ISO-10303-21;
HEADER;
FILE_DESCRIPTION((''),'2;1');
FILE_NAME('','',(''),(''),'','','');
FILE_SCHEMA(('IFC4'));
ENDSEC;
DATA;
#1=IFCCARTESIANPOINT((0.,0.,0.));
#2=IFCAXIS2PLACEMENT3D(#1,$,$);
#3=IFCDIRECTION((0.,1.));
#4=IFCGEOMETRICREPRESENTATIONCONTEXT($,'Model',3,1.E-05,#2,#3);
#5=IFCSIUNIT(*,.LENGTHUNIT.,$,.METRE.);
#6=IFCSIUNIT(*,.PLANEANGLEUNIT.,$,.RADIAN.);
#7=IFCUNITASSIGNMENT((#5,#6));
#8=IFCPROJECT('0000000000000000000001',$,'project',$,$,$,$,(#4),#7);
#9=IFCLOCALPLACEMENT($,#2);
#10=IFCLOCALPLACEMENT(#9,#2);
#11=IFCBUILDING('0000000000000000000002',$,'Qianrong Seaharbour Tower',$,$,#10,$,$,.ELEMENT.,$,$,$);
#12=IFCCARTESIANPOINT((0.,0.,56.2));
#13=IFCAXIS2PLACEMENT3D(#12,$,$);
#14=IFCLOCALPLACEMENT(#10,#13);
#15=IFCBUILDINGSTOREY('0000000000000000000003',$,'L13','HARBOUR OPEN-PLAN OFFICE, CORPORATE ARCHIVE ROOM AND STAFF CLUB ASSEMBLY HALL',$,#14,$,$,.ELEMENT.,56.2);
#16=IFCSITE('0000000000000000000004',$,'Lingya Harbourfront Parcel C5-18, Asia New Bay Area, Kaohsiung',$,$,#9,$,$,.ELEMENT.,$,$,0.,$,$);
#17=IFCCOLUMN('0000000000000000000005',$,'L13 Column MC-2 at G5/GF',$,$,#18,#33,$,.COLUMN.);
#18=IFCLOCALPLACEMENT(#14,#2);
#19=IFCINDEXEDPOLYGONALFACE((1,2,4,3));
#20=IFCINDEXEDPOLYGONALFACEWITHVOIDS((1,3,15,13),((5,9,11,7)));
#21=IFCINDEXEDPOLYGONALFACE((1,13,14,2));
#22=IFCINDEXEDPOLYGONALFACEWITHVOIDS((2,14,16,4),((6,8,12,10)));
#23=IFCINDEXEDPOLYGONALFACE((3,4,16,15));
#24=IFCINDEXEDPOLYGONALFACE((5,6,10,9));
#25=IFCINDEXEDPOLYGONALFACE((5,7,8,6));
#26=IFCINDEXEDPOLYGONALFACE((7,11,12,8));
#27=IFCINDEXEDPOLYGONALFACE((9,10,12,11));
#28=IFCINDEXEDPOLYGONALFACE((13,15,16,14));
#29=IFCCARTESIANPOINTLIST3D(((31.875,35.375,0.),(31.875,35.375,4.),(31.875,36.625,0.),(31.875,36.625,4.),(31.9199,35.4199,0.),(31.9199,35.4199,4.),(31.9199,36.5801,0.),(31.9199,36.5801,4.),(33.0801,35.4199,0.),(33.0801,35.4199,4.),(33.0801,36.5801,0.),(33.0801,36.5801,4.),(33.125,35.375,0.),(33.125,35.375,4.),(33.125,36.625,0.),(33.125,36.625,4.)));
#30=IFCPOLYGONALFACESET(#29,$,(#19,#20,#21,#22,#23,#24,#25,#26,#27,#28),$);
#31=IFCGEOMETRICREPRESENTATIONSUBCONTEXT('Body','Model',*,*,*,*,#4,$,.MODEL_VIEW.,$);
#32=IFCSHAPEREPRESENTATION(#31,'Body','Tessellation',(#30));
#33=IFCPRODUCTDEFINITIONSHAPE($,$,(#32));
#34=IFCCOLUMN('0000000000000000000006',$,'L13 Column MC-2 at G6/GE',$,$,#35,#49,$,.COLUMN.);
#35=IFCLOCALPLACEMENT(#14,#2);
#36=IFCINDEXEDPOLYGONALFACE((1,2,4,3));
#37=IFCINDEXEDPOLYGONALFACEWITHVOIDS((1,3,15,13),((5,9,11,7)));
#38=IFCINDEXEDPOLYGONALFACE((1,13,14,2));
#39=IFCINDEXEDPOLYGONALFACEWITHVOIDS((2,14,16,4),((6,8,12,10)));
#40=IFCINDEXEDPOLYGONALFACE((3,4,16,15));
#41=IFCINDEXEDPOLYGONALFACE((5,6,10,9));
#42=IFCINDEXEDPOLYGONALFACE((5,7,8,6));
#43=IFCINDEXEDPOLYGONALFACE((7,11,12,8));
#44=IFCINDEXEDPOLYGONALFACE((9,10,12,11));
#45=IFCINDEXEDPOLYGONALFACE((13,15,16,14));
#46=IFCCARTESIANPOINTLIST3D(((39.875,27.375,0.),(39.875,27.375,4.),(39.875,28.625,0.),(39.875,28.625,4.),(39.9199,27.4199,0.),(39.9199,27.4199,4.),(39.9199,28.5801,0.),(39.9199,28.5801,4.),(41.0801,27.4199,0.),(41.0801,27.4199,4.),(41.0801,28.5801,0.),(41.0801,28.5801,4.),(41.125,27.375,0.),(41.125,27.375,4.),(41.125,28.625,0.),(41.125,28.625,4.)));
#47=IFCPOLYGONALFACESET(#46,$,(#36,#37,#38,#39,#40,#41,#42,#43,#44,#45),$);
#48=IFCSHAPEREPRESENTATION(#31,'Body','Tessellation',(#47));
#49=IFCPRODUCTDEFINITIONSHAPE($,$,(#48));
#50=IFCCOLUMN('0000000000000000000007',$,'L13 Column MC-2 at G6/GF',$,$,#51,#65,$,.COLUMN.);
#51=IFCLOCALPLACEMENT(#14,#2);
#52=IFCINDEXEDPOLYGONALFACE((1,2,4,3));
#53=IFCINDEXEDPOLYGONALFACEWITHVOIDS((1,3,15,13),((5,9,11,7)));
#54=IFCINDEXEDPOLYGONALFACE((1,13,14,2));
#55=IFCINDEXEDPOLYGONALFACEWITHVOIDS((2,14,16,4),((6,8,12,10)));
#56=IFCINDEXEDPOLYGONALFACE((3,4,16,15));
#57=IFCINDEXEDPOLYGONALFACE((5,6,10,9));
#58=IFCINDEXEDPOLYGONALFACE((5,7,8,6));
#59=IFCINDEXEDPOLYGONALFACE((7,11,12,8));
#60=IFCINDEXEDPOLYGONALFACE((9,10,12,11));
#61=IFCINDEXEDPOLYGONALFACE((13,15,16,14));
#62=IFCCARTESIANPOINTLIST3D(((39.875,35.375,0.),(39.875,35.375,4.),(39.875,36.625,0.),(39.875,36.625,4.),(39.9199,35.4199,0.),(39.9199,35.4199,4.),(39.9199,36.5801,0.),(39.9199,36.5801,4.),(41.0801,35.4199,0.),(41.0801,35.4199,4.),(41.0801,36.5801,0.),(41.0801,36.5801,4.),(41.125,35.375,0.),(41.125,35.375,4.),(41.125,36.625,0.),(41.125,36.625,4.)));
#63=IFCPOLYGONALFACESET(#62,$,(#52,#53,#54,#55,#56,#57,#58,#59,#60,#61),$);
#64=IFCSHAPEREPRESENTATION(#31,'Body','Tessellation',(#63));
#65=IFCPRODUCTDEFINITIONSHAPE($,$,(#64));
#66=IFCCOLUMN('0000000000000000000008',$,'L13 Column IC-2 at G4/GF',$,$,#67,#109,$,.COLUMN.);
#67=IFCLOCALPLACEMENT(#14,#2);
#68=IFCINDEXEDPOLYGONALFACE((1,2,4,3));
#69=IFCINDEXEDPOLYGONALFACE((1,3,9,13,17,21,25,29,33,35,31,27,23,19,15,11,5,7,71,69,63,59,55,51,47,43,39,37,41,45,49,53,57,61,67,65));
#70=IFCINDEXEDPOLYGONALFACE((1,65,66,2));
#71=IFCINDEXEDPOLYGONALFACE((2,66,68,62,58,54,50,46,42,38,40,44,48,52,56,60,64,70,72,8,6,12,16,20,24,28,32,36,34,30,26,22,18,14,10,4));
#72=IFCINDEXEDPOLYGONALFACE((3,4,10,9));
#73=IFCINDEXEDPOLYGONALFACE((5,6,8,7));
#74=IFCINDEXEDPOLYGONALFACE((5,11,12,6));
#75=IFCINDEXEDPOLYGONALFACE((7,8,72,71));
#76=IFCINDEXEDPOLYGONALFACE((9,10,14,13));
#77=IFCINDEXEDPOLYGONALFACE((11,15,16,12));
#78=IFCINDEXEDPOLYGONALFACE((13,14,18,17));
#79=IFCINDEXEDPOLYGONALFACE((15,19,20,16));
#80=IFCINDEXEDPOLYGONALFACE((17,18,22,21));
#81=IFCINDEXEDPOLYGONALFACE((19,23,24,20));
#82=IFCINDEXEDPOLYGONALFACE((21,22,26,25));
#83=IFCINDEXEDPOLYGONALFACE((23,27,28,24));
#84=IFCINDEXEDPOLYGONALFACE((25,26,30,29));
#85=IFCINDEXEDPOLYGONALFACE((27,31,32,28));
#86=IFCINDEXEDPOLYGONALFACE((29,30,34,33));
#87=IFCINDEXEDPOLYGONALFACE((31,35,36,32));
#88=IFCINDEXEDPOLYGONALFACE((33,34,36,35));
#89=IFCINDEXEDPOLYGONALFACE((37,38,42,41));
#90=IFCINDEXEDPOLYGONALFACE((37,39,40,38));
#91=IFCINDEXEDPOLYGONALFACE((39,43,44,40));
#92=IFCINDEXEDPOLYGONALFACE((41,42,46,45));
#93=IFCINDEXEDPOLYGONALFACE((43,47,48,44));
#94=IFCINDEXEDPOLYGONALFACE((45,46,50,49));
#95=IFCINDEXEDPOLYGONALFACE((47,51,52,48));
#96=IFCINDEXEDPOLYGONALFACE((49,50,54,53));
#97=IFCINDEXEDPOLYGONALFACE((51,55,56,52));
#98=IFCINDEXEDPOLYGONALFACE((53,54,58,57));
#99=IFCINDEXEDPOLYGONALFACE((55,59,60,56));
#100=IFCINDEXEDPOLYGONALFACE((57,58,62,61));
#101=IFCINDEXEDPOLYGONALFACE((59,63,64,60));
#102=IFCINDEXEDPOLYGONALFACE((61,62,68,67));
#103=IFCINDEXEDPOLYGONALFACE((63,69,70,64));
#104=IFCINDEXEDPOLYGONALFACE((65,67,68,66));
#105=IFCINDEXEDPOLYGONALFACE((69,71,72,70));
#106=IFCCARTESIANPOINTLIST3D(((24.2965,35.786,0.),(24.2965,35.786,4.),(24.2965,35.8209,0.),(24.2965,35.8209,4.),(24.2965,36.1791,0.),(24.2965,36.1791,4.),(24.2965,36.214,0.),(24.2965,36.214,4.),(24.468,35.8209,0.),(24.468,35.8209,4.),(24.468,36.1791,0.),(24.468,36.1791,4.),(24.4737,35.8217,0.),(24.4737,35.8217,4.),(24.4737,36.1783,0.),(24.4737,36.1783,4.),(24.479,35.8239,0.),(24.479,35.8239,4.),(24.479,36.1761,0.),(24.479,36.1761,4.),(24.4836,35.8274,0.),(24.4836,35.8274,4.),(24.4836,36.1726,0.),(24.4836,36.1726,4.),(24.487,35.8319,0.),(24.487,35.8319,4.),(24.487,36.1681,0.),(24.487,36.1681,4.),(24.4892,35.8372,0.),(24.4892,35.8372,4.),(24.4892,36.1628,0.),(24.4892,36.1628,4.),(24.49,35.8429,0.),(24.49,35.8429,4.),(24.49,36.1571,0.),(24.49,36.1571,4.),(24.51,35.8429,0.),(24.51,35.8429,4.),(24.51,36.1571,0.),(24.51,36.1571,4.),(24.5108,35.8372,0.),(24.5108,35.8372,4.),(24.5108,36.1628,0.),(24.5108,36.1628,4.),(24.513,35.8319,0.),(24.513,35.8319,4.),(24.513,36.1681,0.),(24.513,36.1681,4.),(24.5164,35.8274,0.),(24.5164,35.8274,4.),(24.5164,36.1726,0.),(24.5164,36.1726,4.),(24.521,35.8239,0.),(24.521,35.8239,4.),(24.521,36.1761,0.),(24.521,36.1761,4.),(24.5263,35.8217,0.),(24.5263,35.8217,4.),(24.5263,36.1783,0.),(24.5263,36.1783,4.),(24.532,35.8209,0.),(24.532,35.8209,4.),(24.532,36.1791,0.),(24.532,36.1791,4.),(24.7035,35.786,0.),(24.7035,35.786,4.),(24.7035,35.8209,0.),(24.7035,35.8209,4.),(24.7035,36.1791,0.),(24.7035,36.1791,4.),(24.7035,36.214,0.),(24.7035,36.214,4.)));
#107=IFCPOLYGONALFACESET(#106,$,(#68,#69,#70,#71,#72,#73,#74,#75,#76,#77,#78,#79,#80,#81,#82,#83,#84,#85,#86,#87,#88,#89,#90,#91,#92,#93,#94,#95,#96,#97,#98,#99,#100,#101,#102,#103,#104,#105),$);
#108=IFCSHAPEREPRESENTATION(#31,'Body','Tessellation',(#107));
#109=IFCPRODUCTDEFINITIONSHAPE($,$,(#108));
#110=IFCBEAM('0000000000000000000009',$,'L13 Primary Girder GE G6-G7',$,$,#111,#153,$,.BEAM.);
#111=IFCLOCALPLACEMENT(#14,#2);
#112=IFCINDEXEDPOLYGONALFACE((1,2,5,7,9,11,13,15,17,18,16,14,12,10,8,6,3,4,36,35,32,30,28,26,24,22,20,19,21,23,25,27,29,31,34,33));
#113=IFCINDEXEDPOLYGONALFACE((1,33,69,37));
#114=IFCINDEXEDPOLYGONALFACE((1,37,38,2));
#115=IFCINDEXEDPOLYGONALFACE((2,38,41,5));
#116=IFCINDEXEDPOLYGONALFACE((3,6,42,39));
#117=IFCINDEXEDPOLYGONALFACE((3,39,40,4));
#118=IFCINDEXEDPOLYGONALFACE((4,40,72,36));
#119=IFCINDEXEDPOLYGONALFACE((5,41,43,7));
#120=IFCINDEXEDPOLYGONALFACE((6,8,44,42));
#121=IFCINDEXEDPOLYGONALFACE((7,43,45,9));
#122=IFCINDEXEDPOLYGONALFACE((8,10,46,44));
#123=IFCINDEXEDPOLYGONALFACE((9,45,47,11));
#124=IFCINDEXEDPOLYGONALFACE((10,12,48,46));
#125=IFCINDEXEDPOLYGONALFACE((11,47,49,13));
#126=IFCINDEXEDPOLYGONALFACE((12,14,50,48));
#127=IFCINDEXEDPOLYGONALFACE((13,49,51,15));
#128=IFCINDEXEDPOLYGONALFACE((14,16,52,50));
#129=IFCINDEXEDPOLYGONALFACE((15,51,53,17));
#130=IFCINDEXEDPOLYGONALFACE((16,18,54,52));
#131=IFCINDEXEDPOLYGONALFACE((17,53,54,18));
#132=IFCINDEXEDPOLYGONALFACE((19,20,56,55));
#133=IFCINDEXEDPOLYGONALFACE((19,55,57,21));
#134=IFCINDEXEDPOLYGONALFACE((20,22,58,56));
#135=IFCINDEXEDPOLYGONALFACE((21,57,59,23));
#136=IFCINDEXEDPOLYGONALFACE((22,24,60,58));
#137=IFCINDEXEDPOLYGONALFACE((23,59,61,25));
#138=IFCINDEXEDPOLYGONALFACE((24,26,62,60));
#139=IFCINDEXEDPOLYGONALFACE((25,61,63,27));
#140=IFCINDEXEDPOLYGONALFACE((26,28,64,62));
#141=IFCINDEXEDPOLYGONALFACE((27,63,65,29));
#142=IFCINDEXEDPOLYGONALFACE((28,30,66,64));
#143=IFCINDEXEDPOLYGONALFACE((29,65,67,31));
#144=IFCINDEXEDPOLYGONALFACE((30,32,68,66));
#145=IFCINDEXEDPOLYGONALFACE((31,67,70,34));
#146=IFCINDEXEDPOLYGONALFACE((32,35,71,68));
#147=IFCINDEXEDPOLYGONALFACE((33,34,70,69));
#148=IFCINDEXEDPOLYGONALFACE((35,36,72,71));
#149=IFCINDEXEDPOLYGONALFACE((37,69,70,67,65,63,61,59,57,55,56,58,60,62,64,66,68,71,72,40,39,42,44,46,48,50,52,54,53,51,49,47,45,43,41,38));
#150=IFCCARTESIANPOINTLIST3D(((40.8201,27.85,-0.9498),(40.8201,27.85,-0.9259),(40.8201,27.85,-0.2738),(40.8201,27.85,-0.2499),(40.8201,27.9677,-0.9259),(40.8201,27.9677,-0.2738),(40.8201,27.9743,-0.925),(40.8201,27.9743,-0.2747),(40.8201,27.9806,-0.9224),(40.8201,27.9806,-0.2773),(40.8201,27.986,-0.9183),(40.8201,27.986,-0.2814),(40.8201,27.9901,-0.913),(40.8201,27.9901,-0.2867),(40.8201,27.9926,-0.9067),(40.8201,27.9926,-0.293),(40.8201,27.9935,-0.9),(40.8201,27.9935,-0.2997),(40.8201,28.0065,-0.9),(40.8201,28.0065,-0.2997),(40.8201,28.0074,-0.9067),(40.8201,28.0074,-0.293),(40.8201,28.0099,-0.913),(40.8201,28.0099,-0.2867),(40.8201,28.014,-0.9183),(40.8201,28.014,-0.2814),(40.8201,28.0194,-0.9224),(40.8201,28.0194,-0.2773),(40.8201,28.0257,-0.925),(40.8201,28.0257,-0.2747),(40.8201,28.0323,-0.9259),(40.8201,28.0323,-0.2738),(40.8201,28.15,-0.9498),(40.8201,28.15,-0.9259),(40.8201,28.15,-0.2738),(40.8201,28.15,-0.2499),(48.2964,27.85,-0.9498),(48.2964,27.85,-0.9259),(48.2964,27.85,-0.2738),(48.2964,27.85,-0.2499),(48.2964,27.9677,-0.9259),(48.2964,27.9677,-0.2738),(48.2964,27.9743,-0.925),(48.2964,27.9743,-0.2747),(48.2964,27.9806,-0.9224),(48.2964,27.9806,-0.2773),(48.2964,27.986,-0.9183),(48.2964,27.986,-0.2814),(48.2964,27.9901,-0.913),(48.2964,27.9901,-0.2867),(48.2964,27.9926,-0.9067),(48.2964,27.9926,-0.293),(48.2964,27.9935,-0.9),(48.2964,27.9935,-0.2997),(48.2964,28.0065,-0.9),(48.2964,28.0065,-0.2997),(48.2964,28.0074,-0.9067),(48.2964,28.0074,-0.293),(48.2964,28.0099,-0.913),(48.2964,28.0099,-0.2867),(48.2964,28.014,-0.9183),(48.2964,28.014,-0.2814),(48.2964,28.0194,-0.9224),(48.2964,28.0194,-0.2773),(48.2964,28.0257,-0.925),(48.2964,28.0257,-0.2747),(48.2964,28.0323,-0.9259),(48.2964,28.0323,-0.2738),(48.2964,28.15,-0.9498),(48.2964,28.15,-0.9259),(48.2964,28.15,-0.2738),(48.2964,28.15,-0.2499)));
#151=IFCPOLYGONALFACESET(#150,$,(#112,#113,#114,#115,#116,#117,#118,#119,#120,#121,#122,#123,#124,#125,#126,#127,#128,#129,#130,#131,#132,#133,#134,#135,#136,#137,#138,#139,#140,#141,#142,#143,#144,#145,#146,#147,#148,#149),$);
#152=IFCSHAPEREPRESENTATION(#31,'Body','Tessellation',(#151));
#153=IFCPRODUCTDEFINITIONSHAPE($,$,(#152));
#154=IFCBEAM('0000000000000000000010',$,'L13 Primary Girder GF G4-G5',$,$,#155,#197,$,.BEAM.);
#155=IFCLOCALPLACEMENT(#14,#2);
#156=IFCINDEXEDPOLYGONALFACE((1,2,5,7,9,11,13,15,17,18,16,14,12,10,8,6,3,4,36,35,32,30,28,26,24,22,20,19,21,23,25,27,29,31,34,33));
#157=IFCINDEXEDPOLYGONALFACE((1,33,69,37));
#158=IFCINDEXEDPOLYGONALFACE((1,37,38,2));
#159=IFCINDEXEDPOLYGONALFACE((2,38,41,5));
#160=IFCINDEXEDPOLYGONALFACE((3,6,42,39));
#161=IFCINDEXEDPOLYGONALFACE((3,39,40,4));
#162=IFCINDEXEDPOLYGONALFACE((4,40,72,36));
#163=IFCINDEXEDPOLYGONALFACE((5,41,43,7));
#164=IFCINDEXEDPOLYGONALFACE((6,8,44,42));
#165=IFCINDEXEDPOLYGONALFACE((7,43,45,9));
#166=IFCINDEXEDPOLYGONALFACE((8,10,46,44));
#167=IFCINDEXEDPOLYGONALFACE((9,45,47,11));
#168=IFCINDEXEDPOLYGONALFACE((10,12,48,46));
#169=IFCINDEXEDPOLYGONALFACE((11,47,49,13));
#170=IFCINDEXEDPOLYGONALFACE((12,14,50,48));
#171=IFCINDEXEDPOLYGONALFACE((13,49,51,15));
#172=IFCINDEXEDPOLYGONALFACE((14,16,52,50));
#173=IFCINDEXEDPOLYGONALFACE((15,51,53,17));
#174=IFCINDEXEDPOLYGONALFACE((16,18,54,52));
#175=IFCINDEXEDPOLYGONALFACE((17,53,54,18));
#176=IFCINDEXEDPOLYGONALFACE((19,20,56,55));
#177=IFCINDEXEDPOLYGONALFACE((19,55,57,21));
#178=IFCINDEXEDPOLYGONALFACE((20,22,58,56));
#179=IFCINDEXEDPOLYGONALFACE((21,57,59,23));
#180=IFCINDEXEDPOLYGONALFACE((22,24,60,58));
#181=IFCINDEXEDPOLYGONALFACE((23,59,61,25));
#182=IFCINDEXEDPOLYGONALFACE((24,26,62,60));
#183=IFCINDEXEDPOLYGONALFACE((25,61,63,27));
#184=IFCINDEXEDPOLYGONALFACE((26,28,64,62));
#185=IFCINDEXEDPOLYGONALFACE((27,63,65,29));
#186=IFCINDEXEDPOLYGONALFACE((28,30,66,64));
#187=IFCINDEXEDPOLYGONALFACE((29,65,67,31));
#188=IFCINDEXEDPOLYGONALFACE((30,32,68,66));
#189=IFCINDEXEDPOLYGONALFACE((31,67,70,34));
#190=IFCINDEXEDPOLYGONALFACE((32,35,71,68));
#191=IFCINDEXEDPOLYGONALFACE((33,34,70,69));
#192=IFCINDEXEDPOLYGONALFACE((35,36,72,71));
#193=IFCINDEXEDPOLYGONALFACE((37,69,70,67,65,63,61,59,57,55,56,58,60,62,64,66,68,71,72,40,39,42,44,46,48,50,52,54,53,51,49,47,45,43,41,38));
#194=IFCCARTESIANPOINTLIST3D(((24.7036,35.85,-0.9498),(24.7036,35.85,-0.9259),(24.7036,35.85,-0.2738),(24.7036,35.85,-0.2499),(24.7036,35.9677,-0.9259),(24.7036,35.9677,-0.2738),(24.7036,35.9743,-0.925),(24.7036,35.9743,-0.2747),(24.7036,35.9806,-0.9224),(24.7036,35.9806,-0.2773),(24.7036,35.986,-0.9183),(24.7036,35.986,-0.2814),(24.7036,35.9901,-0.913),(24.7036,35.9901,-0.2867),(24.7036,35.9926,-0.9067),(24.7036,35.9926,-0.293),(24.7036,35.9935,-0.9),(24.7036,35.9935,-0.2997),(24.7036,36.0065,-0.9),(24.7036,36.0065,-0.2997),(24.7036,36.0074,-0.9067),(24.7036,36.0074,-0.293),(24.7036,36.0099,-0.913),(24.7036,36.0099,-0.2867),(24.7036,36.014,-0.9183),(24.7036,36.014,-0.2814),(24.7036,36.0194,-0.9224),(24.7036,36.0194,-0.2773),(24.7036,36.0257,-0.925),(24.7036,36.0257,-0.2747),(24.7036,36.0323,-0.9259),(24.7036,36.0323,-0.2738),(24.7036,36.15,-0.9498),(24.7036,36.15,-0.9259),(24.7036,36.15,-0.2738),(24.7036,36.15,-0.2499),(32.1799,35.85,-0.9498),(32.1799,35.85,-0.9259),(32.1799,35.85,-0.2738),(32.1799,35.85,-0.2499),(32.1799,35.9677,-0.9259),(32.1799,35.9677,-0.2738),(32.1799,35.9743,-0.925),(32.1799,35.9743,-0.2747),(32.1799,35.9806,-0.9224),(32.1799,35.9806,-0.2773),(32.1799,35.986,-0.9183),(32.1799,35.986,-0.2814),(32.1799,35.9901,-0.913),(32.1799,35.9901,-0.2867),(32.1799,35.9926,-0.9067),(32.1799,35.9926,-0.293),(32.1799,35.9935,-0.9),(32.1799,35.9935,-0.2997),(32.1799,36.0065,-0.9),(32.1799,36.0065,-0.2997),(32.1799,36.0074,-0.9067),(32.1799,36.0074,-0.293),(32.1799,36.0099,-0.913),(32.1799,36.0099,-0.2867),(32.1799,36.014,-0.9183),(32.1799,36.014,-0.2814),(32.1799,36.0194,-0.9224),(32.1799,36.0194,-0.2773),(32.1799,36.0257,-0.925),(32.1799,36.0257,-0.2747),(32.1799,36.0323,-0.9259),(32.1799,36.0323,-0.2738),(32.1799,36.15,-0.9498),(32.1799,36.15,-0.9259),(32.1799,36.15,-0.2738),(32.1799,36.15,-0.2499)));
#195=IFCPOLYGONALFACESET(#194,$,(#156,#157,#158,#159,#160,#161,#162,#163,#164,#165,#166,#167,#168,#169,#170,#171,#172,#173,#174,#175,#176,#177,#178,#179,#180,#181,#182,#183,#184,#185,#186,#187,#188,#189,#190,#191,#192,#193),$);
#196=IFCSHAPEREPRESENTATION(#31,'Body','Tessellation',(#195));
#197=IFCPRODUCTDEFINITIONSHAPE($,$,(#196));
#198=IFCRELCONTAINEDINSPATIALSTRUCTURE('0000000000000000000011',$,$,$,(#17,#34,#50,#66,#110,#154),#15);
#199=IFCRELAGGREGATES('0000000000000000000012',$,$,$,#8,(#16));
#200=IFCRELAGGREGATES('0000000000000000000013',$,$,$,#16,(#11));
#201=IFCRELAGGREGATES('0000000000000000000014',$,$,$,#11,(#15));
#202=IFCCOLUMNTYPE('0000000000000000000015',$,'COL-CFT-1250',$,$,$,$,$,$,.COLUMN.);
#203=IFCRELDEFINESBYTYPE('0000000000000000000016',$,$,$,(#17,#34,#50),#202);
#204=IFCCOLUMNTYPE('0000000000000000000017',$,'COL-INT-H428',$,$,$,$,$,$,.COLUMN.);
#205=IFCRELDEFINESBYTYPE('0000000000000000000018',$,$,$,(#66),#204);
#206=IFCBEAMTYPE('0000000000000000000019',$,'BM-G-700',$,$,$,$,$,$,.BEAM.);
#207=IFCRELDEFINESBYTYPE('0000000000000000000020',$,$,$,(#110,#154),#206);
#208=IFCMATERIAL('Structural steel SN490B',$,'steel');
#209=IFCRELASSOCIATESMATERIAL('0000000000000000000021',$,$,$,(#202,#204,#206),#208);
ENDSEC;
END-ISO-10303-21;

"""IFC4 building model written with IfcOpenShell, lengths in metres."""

from ifc_helpers import new_model, si_unit, direction, frame, origin, origin_2d, place, context, subcontext, project, spatial, hollow_rectangle, i_section, extrude, material, material_profile, profile_set, type_object, element, save


model = new_model("IFC4")

# Units and contexts
model_context = context("Model", 3, precision=1e-05, world=origin(), true_north=direction((0.0, 1.0)))
body_context = subcontext(model_context, "Body", "Model", "MODEL_VIEW")
ifc_project = project(units=[si_unit("LENGTHUNIT", "METRE"), si_unit("PLANEANGLEUNIT", "RADIAN")], contexts=[model_context])

# Site, building, storey
site_placement = place(None, origin())
site = spatial("IfcSite", under=ifc_project, at=site_placement, Name="Lingya Harbourfront Parcel C5-18, Asia New Bay Area, Kaohsiung", CompositionType="ELEMENT", RefElevation=0.0)
building_placement = place(site_placement, origin())
building = spatial("IfcBuilding", under=site, at=building_placement, Name="Qianrong Seaharbour Tower", CompositionType="ELEMENT")
storey_placement = place(building_placement, frame((0.0, 0.0, 56.2)))
storey = spatial("IfcBuildingStorey", under=building, at=storey_placement, Name="L13", Description="HARBOUR OPEN-PLAN OFFICE, CORPORATE ARCHIVE ROOM AND STAFF CLUB ASSEMBLY HALL", CompositionType="ELEMENT", Elevation=56.2)

# Columns
ifc_material_1 = material(Name="Structural steel SN490B", Category="steel")
ifc_material_profile_1 = material_profile(ifc_material_1, hollow_rectangle(XDim=1.25, YDim=1.25, WallThickness=0.0449, at=origin_2d()), Name="BOX1250x1250x45")
ifc_profile_set_1 = profile_set([ifc_material_profile_1], Name="Structural steel SN490B")
column_type_1 = type_object("IfcColumnType", Name="COL-CFT-1250", PredefinedType="COLUMN", material=ifc_profile_set_1)
for number, where, z_axis, x_axis, name in (
    (1, (32.5, 36.0, 0.0), (0.0, 0.0, 1.0), (1.0, 0.0, 0.0), "L13 Column MC-2 at G5/GF"),
    (2, (40.5, 28.0, 0.0), (0.0, 0.0, 1.0), (1.0, 0.0, 0.0), "L13 Column MC-2 at G6/GE"),
    (3, (40.5, 36.0, 0.0), (0.0, 0.0, 1.0), (1.0, 0.0, 0.0), "L13 Column MC-2 at G6/GF"),
):
    element("IfcColumn", number, at=place(storey_placement, frame(where, z_axis=z_axis, x_axis=x_axis)), inside=storey, type_object=column_type_1, Name=name, PredefinedType="COLUMN", context=body_context, shape_type="SweptSolid", body=[
        extrude(hollow_rectangle(XDim=1.25, YDim=1.25, WallThickness=0.0449, at=origin_2d()), origin(), (0.0, 0.0, 1.0), 4.0),
    ])
ifc_material_profile_2 = material_profile(ifc_material_1, i_section(OverallWidth=0.407, OverallDepth=0.428, WebThickness=0.02, FlangeThickness=0.0349, FilletRadius=0.022, at=origin_2d()), Name="H428x407x20x35")
ifc_profile_set_2 = profile_set([ifc_material_profile_2], Name="Structural steel SN490B")
column_type_2 = type_object("IfcColumnType", Name="COL-INT-H428", PredefinedType="COLUMN", material=ifc_profile_set_2)
column_placement = place(storey_placement, frame((24.5, 36.0, 0.0), z_axis=(0.0, 0.0, 1.0), x_axis=(1.0, 0.0, 0.0)))
element("IfcColumn", 4, at=column_placement, inside=storey, type_object=column_type_2, Name="L13 Column IC-2 at G4/GF", PredefinedType="COLUMN", context=body_context, shape_type="SweptSolid", body=[
    extrude(i_section(OverallWidth=0.407, OverallDepth=0.428, WebThickness=0.02, FlangeThickness=0.0349, FilletRadius=0.022, at=origin_2d()), origin(), (0.0, 0.0, 1.0), 4.0),
])

# Beams
ifc_material_profile_3 = material_profile(ifc_material_1, i_section(OverallWidth=0.3, OverallDepth=0.7, WebThickness=0.0129, FlangeThickness=0.0239, FilletRadius=0.0259, at=origin_2d()), Name="H700x300x13x24")
ifc_profile_set_3 = profile_set([ifc_material_profile_3], Name="Structural steel SN490B")
beam_type_1 = type_object("IfcBeamType", Name="BM-G-700", PredefinedType="BEAM", material=ifc_profile_set_3)
for number, where, z_axis, x_axis, name in (
    (5, (40.8201, 28.0, -0.5999), (1.0, 0.0, 0.0), (0.0, 1.0, 0.0), "L13 Primary Girder GE G6-G7"),
    (6, (24.7036, 36.0, -0.5999), (1.0, 0.0, 0.0), (0.0, 1.0, 0.0), "L13 Primary Girder GF G4-G5"),
):
    element("IfcBeam", number, at=place(storey_placement, frame(where, z_axis=z_axis, x_axis=x_axis)), inside=storey, type_object=beam_type_1, Name=name, PredefinedType="BEAM", context=body_context, shape_type="SweptSolid", body=[
        extrude(i_section(OverallWidth=0.3, OverallDepth=0.7, WebThickness=0.0129, FlangeThickness=0.0239, FilletRadius=0.0259, at=origin_2d()), origin(), (0.0, 0.0, 1.0), 7.4763),
    ])

save(model, "model.ifc")
